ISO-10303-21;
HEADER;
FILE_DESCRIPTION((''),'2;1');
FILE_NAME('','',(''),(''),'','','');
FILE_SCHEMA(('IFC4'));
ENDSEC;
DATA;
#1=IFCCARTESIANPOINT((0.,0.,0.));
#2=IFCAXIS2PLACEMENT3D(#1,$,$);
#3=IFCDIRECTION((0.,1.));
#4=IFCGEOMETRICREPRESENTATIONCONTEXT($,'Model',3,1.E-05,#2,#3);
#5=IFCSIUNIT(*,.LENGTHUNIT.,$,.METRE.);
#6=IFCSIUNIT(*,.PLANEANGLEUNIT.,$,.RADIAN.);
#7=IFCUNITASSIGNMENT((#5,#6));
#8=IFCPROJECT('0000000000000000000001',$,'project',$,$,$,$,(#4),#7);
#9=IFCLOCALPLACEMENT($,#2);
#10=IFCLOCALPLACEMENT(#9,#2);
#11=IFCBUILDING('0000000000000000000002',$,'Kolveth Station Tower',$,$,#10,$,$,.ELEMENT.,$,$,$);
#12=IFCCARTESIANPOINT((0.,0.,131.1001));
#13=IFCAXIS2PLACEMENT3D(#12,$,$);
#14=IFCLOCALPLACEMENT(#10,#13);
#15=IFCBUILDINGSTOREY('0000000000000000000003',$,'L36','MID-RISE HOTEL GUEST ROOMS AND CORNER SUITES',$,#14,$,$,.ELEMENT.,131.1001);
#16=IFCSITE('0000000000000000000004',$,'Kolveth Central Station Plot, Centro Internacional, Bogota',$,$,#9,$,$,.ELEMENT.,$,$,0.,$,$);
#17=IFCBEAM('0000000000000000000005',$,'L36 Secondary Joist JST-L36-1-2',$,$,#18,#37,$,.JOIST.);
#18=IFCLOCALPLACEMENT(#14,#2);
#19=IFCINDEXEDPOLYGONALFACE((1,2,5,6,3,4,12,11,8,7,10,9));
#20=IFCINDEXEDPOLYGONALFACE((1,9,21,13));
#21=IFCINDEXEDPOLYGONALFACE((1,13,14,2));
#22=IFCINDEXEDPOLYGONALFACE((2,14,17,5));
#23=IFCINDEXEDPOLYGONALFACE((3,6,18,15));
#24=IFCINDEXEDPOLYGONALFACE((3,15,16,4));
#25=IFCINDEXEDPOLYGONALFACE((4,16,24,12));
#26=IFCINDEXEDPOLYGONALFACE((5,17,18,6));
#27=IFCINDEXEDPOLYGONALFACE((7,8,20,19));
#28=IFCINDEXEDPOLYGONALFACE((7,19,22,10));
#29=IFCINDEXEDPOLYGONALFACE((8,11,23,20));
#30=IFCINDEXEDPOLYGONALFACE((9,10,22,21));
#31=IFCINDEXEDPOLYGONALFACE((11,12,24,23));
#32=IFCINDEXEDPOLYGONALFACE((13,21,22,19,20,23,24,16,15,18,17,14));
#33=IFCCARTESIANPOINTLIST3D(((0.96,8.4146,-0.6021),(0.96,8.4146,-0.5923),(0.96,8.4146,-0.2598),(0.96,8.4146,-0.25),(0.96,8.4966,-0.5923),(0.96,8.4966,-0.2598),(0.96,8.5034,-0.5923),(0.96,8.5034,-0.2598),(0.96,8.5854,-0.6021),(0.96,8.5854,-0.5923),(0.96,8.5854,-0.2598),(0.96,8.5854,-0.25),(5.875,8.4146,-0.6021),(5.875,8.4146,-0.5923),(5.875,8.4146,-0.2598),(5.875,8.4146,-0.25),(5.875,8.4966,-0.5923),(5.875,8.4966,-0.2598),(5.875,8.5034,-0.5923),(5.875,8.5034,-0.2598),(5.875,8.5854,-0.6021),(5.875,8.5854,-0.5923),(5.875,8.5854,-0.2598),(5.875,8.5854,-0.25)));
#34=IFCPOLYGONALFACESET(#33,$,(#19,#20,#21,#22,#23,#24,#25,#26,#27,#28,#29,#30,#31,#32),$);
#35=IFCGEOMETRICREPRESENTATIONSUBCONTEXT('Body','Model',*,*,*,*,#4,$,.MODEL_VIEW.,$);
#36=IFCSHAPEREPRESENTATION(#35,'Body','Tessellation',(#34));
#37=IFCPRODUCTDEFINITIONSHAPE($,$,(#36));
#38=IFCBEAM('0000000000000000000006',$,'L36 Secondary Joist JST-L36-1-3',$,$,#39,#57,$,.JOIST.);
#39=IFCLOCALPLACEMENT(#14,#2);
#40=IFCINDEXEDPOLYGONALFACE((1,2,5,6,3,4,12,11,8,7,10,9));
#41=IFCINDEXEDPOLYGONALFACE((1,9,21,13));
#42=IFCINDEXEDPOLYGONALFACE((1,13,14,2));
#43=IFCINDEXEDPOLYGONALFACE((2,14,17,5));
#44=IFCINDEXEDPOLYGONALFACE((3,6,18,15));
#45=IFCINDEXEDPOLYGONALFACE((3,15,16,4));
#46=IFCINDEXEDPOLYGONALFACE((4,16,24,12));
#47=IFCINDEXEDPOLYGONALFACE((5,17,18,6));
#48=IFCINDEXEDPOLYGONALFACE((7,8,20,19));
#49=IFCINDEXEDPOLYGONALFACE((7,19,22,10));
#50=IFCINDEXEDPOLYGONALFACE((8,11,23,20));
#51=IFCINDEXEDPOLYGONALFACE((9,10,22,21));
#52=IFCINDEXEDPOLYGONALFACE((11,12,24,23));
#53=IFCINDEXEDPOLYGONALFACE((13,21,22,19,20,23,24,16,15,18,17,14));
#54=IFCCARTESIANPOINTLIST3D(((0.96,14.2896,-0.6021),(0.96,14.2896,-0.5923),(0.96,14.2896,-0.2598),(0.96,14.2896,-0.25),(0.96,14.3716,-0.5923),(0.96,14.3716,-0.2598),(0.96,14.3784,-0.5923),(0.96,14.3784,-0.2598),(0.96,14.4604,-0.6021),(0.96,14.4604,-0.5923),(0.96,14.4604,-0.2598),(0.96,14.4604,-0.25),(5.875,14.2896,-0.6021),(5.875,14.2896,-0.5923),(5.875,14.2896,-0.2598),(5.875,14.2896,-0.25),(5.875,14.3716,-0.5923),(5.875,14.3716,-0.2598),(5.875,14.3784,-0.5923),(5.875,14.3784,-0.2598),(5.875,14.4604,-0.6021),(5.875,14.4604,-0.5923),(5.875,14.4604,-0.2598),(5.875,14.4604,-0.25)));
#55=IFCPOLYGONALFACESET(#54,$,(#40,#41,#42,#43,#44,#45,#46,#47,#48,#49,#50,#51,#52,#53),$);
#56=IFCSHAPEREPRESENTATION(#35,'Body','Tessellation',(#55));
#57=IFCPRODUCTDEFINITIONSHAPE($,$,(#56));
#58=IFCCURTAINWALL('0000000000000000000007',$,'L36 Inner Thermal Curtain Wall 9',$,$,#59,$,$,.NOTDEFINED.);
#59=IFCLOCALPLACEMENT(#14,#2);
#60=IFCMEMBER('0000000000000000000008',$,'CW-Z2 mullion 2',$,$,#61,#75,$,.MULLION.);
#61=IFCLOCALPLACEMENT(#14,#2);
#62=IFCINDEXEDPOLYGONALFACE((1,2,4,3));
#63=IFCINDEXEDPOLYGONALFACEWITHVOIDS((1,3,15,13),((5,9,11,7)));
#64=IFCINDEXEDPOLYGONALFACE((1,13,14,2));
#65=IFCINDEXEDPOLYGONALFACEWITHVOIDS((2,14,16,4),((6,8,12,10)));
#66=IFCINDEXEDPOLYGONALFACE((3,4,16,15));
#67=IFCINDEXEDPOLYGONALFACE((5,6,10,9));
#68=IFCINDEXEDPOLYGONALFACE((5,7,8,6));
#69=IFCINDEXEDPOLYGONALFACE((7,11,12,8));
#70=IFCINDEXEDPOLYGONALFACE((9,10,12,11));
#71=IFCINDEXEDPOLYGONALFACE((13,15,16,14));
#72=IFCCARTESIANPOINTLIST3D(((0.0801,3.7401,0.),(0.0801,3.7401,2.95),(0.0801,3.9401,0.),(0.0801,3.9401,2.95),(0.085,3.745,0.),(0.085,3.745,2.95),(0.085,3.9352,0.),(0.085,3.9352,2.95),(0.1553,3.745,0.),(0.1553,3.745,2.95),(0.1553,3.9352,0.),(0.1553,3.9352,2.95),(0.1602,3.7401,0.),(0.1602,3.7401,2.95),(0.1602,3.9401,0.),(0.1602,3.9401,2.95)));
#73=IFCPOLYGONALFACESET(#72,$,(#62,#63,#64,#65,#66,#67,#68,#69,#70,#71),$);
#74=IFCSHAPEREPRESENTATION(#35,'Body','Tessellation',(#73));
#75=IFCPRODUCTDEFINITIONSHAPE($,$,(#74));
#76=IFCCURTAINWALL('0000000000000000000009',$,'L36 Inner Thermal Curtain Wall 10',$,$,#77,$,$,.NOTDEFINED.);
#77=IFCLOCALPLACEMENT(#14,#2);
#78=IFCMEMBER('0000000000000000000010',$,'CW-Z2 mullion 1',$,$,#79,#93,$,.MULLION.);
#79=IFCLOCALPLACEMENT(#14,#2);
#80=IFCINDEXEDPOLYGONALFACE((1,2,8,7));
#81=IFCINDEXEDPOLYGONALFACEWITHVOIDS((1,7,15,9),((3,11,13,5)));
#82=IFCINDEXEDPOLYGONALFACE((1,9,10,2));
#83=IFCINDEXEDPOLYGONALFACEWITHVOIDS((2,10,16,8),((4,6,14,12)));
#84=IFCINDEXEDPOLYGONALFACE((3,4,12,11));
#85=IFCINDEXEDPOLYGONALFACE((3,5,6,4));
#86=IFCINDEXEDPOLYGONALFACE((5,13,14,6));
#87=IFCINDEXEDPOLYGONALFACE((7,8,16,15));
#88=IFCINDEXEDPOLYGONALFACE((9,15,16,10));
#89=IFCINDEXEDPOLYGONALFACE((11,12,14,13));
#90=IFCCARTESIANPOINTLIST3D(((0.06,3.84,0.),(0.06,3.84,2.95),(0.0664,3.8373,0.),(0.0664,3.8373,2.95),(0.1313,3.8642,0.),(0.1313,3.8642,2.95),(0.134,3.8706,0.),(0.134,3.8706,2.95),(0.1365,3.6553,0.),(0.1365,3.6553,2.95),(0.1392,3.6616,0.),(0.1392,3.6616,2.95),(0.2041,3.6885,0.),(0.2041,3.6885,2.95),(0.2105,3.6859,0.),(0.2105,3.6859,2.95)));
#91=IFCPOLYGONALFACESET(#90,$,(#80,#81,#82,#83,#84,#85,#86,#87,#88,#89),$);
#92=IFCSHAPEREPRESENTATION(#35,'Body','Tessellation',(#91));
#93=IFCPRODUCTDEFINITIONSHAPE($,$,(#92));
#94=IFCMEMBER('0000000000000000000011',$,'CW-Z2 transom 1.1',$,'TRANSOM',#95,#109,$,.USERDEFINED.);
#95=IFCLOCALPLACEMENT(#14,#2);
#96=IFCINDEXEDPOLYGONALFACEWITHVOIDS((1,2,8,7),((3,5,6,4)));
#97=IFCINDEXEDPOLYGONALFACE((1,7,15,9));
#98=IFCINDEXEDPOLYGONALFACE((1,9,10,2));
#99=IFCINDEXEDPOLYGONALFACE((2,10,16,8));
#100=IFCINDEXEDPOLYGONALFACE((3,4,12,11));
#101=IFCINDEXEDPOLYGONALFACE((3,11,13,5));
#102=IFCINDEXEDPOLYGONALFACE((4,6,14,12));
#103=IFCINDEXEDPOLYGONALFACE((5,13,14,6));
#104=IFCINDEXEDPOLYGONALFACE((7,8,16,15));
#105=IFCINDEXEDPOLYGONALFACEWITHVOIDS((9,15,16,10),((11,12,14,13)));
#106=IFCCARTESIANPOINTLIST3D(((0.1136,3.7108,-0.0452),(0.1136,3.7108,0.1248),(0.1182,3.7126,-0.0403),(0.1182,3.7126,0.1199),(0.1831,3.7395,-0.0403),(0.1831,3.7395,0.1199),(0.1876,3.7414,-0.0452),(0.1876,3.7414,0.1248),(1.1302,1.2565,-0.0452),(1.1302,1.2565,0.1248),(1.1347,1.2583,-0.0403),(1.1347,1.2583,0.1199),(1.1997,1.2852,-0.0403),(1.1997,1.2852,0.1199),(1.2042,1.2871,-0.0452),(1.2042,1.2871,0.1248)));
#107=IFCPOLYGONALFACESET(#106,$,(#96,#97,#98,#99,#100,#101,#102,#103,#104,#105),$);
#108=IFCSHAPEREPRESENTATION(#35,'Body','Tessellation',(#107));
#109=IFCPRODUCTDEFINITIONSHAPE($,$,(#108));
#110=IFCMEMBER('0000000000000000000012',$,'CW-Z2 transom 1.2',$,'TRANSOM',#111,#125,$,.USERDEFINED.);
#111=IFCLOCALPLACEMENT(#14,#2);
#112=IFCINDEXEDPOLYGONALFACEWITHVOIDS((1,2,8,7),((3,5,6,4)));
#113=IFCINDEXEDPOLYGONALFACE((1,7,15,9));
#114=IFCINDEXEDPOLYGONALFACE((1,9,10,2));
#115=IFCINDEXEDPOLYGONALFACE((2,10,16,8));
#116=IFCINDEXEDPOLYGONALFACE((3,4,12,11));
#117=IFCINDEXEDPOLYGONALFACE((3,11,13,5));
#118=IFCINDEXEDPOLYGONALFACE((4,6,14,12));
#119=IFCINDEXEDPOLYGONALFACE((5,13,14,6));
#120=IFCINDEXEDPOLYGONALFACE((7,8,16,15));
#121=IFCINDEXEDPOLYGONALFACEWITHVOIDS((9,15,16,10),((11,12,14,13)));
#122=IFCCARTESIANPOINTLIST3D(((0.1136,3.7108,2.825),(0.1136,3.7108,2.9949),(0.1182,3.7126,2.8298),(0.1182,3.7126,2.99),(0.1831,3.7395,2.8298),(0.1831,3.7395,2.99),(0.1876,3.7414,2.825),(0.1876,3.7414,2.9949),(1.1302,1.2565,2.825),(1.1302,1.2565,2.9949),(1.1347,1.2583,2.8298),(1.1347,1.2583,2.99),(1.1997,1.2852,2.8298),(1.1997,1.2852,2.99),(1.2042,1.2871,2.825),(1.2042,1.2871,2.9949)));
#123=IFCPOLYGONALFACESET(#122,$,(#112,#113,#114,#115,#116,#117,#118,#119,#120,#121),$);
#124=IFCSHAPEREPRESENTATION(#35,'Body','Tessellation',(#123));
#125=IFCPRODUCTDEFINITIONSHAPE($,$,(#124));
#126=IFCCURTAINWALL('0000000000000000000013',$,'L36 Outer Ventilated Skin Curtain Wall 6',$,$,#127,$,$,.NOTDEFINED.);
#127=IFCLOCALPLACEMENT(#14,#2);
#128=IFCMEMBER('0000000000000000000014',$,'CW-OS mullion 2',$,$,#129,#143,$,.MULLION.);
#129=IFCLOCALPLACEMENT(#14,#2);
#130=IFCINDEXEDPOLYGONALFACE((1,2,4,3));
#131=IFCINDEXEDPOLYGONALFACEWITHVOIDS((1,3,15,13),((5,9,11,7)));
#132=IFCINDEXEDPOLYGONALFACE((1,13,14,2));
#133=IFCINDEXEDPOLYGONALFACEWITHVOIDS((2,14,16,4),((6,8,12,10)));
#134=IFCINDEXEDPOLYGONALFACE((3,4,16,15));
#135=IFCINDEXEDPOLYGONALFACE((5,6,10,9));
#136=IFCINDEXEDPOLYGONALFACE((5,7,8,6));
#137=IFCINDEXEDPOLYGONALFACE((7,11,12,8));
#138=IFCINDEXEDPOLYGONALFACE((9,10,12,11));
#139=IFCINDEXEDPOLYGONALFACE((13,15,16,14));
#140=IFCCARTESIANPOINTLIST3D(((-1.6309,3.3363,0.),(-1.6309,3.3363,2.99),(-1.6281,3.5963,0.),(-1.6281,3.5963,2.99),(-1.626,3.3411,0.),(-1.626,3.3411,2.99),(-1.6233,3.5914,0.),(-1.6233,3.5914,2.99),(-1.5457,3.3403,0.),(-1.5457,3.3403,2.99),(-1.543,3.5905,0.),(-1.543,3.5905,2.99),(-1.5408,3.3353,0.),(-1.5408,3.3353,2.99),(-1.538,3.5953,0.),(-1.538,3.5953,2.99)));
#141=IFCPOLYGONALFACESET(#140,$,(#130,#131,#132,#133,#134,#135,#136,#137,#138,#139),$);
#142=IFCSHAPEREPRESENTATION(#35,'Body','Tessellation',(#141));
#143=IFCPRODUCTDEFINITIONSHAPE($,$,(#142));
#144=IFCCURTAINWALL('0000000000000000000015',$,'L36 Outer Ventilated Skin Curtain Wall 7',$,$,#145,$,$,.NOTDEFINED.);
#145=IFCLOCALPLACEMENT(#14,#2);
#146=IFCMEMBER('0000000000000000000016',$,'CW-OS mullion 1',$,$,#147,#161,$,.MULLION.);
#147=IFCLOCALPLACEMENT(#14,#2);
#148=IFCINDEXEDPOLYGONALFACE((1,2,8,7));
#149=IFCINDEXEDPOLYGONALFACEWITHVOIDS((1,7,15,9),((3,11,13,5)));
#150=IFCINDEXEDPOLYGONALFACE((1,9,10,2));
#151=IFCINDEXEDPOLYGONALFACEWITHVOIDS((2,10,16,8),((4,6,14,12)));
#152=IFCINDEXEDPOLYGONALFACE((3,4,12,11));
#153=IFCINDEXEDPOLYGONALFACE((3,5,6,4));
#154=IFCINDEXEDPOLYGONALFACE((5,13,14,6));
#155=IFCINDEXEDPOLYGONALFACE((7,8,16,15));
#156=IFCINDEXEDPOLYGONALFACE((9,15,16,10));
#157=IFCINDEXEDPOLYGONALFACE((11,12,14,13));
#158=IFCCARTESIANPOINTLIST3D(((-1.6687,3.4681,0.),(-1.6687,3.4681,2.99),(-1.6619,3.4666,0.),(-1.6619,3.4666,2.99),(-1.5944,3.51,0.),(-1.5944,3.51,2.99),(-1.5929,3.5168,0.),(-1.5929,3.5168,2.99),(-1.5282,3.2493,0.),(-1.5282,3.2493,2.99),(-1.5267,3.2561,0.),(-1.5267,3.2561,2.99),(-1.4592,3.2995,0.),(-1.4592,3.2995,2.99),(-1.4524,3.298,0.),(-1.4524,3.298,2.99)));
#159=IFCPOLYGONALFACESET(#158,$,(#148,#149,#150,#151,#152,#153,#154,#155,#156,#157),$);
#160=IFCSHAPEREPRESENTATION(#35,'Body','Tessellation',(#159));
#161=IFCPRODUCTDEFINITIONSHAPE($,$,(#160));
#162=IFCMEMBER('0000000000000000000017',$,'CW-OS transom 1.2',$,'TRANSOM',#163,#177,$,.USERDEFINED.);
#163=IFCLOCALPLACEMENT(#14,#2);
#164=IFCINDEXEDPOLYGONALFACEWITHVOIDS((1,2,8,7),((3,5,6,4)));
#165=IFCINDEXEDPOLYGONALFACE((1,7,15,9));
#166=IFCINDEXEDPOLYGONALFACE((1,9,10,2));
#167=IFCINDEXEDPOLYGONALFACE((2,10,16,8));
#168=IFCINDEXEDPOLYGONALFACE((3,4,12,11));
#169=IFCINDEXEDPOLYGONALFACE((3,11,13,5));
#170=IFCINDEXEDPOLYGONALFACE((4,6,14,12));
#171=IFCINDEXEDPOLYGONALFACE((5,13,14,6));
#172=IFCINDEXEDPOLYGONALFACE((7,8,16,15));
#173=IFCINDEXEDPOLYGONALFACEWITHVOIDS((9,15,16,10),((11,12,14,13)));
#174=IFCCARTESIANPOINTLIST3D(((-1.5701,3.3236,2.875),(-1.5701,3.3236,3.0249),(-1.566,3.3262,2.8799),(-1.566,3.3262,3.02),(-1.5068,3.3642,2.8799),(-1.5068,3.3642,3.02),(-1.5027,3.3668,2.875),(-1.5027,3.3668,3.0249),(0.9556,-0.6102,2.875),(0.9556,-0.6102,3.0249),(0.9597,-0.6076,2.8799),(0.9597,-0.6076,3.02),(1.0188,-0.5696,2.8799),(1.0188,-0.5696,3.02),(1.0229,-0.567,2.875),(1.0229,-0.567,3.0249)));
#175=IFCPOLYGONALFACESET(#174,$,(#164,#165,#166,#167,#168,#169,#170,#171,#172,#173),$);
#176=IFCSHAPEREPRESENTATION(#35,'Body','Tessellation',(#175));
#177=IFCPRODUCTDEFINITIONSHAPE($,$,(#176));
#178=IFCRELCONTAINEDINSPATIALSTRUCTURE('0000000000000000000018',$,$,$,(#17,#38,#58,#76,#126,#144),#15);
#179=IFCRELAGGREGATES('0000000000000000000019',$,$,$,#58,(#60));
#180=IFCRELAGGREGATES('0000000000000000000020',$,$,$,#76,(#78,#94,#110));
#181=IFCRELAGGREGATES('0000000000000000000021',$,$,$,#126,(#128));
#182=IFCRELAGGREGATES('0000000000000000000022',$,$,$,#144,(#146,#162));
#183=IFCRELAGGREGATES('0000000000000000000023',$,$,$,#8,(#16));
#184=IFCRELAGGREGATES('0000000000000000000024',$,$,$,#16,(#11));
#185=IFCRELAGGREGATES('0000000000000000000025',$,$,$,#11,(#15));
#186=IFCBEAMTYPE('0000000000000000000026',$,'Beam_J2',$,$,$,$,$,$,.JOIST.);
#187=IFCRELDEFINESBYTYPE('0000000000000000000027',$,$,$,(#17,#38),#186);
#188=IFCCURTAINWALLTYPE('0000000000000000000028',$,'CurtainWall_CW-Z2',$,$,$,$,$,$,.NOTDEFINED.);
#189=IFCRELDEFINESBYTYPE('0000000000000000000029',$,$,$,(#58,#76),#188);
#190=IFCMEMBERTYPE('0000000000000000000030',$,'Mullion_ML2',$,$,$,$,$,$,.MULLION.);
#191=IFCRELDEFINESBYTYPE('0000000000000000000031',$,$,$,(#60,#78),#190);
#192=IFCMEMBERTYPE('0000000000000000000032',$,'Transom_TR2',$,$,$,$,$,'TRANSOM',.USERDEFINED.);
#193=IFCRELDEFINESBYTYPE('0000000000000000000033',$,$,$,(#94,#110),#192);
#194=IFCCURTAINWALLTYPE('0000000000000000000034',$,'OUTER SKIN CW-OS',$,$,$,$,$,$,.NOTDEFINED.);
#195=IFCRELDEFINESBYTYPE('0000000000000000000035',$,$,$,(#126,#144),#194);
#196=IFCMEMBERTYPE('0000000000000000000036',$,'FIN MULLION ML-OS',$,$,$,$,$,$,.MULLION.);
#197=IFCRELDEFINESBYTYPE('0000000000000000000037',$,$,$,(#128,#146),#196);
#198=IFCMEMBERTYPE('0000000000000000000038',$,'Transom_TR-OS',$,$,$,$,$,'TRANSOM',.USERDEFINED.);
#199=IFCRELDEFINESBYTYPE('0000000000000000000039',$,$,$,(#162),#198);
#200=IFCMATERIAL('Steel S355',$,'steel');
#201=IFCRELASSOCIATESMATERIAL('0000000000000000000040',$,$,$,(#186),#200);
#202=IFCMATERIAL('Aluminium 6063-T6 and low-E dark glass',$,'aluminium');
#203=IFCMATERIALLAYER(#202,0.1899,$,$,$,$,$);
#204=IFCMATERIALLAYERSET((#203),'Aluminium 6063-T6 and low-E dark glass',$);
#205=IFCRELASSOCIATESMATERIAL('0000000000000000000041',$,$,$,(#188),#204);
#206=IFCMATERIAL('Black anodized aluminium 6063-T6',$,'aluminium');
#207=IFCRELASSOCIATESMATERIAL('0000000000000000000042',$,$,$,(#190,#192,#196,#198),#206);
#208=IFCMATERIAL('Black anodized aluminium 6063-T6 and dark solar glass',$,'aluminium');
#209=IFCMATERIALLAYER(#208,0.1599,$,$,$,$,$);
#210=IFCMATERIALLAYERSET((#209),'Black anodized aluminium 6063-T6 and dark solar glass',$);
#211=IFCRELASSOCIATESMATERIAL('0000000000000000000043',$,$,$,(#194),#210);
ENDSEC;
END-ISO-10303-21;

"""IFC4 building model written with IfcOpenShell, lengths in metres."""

from ifc_helpers import new_model, si_unit, direction, frame, origin, origin_2d, place, context, subcontext, project, spatial, hollow_rectangle, i_section, extrude, source, transform, mapped, material, layer, layer_set, material_profile, profile_set, type_object, element, aggregate, save


model = new_model("IFC4")

# Units and contexts
model_context = context("Model", 3, precision=1e-05, world=origin(), true_north=direction((0.0, 1.0)))
body_context = subcontext(model_context, "Body", "Model", "MODEL_VIEW")
ifc_project = project(units=[si_unit("LENGTHUNIT", "METRE"), si_unit("PLANEANGLEUNIT", "RADIAN")], contexts=[model_context])

# Site, building, storey
site_placement = place(None, origin())
site = spatial("IfcSite", under=ifc_project, at=site_placement, Name="Kolveth Central Station Plot, Centro Internacional, Bogota", CompositionType="ELEMENT", RefElevation=0.0)
building_placement = place(site_placement, origin())
building = spatial("IfcBuilding", under=site, at=building_placement, Name="Kolveth Station Tower", CompositionType="ELEMENT")
storey_placement = place(building_placement, frame((0.0, 0.0, 131.1001)))
storey = spatial("IfcBuildingStorey", under=building, at=storey_placement, Name="L36", Description="MID-RISE HOTEL GUEST ROOMS AND CORNER SUITES", CompositionType="ELEMENT", Elevation=131.1001)

# Beams
ifc_material_1 = material(Name="Steel S355", Category="steel")
ifc_material_profile_1 = material_profile(ifc_material_1, i_section(OverallWidth=0.1709, OverallDepth=0.3521, WebThickness=0.0068, FlangeThickness=0.0098, at=origin_2d()), Name="W360x44")
ifc_profile_set_1 = profile_set([ifc_material_profile_1], Name="Steel S355")
beam_type_1 = type_object("IfcBeamType", Name="Beam_J2", PredefinedType="JOIST", material=ifc_profile_set_1)
shared_shape_1 = source(origin(), body_context, "Body", "SweptSolid", [
    extrude(i_section(OverallWidth=0.1709, OverallDepth=0.3521, WebThickness=0.0068, FlangeThickness=0.0098, at=origin_2d()), origin(), (0.0, 0.0, 1.0), 4.915),
])
for number, where, z_axis, x_axis, name in (
    (1, (0.96, 8.5, -0.426), (1.0, 0.0, 0.0), (0.0, 1.0, 0.0), "L36 Secondary Joist JST-L36-1-2"),
    (2, (0.96, 14.375, -0.426), (1.0, 0.0, 0.0), (0.0, 1.0, 0.0), "L36 Secondary Joist JST-L36-1-3"),
):
    element("IfcBeam", number, at=place(storey_placement, frame(where, z_axis=z_axis, x_axis=x_axis)), inside=storey, type_object=beam_type_1, Name=name, PredefinedType="JOIST", context=body_context, shape_type="MappedRepresentation", body=[
        mapped(shared_shape_1, transform((0.0, 0.0, 0.0), x_axis=(1.0, 0.0, 0.0), y_axis=(0.0, 1.0, 0.0), z_axis=(0.0, 0.0, 1.0), scale=1.0)),
    ])

# Curtain wall, member
ifc_material_2 = material(Name="Aluminium 6063-T6 and low-E dark glass", Category="aluminium")
ifc_layer_1 = layer(ifc_material_2, 0.1899)
ifc_layer_set_1 = layer_set([ifc_layer_1], Name="Aluminium 6063-T6 and low-E dark glass")
curtain_wall_type_1 = type_object("IfcCurtainWallType", Name="CurtainWall_CW-Z2", PredefinedType="NOTDEFINED", material=ifc_layer_set_1)
curtain_wall_1_placement = place(storey_placement, origin())
curtain_wall_1 = element("IfcCurtainWall", 3, at=curtain_wall_1_placement, inside=storey, type_object=curtain_wall_type_1, Name="L36 Inner Thermal Curtain Wall 9", PredefinedType="NOTDEFINED")
ifc_material_3 = material(Name="Black anodized aluminium 6063-T6", Category="aluminium")
ifc_material_profile_2 = material_profile(ifc_material_3, hollow_rectangle(XDim=0.0801, YDim=0.2, WallThickness=0.0049, at=origin_2d()), Name="ALU-80x200x5")
ifc_profile_set_2 = profile_set([ifc_material_profile_2], Name="Black anodized aluminium 6063-T6")
member_type_1 = type_object("IfcMemberType", Name="Mullion_ML2", PredefinedType="MULLION", material=ifc_profile_set_2)
shared_shape_2 = source(origin(), body_context, "Body", "SweptSolid", [
    extrude(hollow_rectangle(XDim=0.0801, YDim=0.2, WallThickness=0.0049, at=origin_2d()), origin(), (0.0, 0.0, 1.0), 2.95),
])
member_1_placement = place(storey_placement, frame((0.1201, 3.8401, 0.0), z_axis=(0.0, 0.0, 1.0), x_axis=(1.0, 0.0, 0.0)))
member_1 = element("IfcMember", 4, at=member_1_placement, type_object=member_type_1, Name="CW-Z2 mullion 2", PredefinedType="MULLION", context=body_context, shape_type="MappedRepresentation", body=[
    mapped(shared_shape_2, transform((0.0, 0.0, 0.0), x_axis=(1.0, 0.0, 0.0), y_axis=(0.0, 1.0, 0.0), z_axis=(0.0, 0.0, 1.0), scale=1.0)),
])
aggregate(curtain_wall_1, [member_1])

# Curtain wall, members
curtain_wall_2_placement = place(storey_placement, origin())
curtain_wall_2 = element("IfcCurtainWall", 5, at=curtain_wall_2_placement, inside=storey, type_object=curtain_wall_type_1, Name="L36 Inner Thermal Curtain Wall 10", PredefinedType="NOTDEFINED")
member_2_placement = place(storey_placement, frame((0.1353, 3.7629, 0.0), z_axis=(0.0, 0.0, 1.0), x_axis=(0.923888, 0.382663, 0.0)))
member_2 = element("IfcMember", 6, at=member_2_placement, type_object=member_type_1, Name="CW-Z2 mullion 1", PredefinedType="MULLION", context=body_context, shape_type="MappedRepresentation", body=[
    mapped(shared_shape_2, transform((0.0, 0.0, 0.0), x_axis=(1.0, 0.0, 0.0), y_axis=(0.0, 1.0, 0.0), z_axis=(0.0, 0.0, 1.0), scale=1.0)),
])
ifc_material_profile_3 = material_profile(ifc_material_3, hollow_rectangle(XDim=0.0801, YDim=0.1699, WallThickness=0.0049, at=origin_2d()), Name="ALU-80x170x5")
ifc_profile_set_3 = profile_set([ifc_material_profile_3], Name="Black anodized aluminium 6063-T6")
member_type_2 = type_object("IfcMemberType", Name="Transom_TR2", ElementType="TRANSOM", PredefinedType="USERDEFINED", material=ifc_profile_set_3)
shared_shape_3 = source(origin(), body_context, "Body", "SweptSolid", [
    extrude(hollow_rectangle(XDim=0.0801, YDim=0.1699, WallThickness=0.0049, at=origin_2d()), origin(), (0.0, 0.0, 1.0), 2.6565),
])
member_3_placement = place(storey_placement, frame((0.1506, 3.7261, 0.0398), z_axis=(0.382676, -0.923882, 0.0), x_axis=(0.923882, 0.382676, 0.0)))
member_3 = element("IfcMember", 7, at=member_3_placement, type_object=member_type_2, Name="CW-Z2 transom 1.1", ObjectType="TRANSOM", PredefinedType="USERDEFINED", context=body_context, shape_type="MappedRepresentation", body=[
    mapped(shared_shape_3, transform((0.0, 0.0, 0.0), x_axis=(1.0, 0.0, 0.0), y_axis=(0.0, 1.0, 0.0), z_axis=(0.0, 0.0, 1.0), scale=1.0)),
])
member_4_placement = place(storey_placement, frame((0.1506, 3.7261, 2.9099), z_axis=(0.382676, -0.923882, 0.0), x_axis=(0.923882, 0.382676, 0.0)))
member_4 = element("IfcMember", 8, at=member_4_placement, type_object=member_type_2, Name="CW-Z2 transom 1.2", ObjectType="TRANSOM", PredefinedType="USERDEFINED", context=body_context, shape_type="MappedRepresentation", body=[
    mapped(shared_shape_3, transform((0.0, 0.0, 0.0), x_axis=(1.0, 0.0, 0.0), y_axis=(0.0, 1.0, 0.0), z_axis=(0.0, 0.0, 1.0), scale=1.0)),
])
aggregate(curtain_wall_2, [member_2, member_3, member_4])

# Curtain wall, member
ifc_material_4 = material(Name="Black anodized aluminium 6063-T6 and dark solar glass", Category="aluminium")
ifc_layer_2 = layer(ifc_material_4, 0.1599)
ifc_layer_set_2 = layer_set([ifc_layer_2], Name="Black anodized aluminium 6063-T6 and dark solar glass")
curtain_wall_type_2 = type_object("IfcCurtainWallType", Name="OUTER SKIN CW-OS", PredefinedType="NOTDEFINED", material=ifc_layer_set_2)
curtain_wall_3_placement = place(storey_placement, origin())
curtain_wall_3 = element("IfcCurtainWall", 9, at=curtain_wall_3_placement, inside=storey, type_object=curtain_wall_type_2, Name="L36 Outer Ventilated Skin Curtain Wall 6", PredefinedType="NOTDEFINED")
ifc_material_profile_4 = material_profile(ifc_material_3, hollow_rectangle(XDim=0.0901, YDim=0.26, WallThickness=0.0049, at=origin_2d()), Name="ALU-90x260x5")
ifc_profile_set_4 = profile_set([ifc_material_profile_4], Name="Black anodized aluminium 6063-T6")
member_type_3 = type_object("IfcMemberType", Name="FIN MULLION ML-OS", PredefinedType="MULLION", material=ifc_profile_set_4)
shared_shape_4 = source(origin(), body_context, "Body", "SweptSolid", [
    extrude(hollow_rectangle(XDim=0.0901, YDim=0.26, WallThickness=0.0049, at=origin_2d()), origin(), (0.0, 0.0, 1.0), 2.99),
])
member_5_placement = place(storey_placement, frame((-1.5845, 3.4658, 0.0), z_axis=(0.0, 0.0, 1.0), x_axis=(0.999943, -0.010713, 0.0)))
member_5 = element("IfcMember", 10, at=member_5_placement, type_object=member_type_3, Name="CW-OS mullion 2", PredefinedType="MULLION", context=body_context, shape_type="MappedRepresentation", body=[
    mapped(shared_shape_4, transform((0.0, 0.0, 0.0), x_axis=(1.0, 0.0, 0.0), y_axis=(0.0, 1.0, 0.0), z_axis=(0.0, 0.0, 1.0), scale=1.0)),
])
aggregate(curtain_wall_3, [member_5])

# Curtain wall, members
curtain_wall_4_placement = place(storey_placement, origin())
curtain_wall_4 = element("IfcCurtainWall", 11, at=curtain_wall_4_placement, inside=storey, type_object=curtain_wall_type_2, Name="L36 Outer Ventilated Skin Curtain Wall 7", PredefinedType="NOTDEFINED")
member_6_placement = place(storey_placement, frame((-1.5605, 3.3831, 0.0), z_axis=(0.0, 0.0, 1.0), x_axis=(0.841497, 0.540262, 0.0)))
member_6 = element("IfcMember", 12, at=member_6_placement, type_object=member_type_3, Name="CW-OS mullion 1", PredefinedType="MULLION", context=body_context, shape_type="MappedRepresentation", body=[
    mapped(shared_shape_4, transform((0.0, 0.0, 0.0), x_axis=(1.0, 0.0, 0.0), y_axis=(0.0, 1.0, 0.0), z_axis=(0.0, 0.0, 1.0), scale=1.0)),
])
ifc_material_profile_5 = material_profile(ifc_material_3, hollow_rectangle(XDim=0.0801, YDim=0.1499, WallThickness=0.0049, at=origin_2d()), Name="ALU-80x150x5")
ifc_profile_set_5 = profile_set([ifc_material_profile_5], Name="Black anodized aluminium 6063-T6")
member_type_4 = type_object("IfcMemberType", Name="Transom_TR-OS", ElementType="TRANSOM", PredefinedType="USERDEFINED", material=ifc_profile_set_5)
shared_shape_5 = source(origin(), body_context, "Body", "SweptSolid", [
    extrude(hollow_rectangle(XDim=0.0801, YDim=0.1499, WallThickness=0.0049, at=origin_2d()), origin(), (0.0, 0.0, 1.0), 4.6748),
])
member_7_placement = place(storey_placement, frame((-1.5364, 3.3452, 2.95), z_axis=(0.540264, -0.841496, 0.0), x_axis=(0.841496, 0.540264, 0.0)))
member_7 = element("IfcMember", 13, at=member_7_placement, type_object=member_type_4, Name="CW-OS transom 1.2", ObjectType="TRANSOM", PredefinedType="USERDEFINED", context=body_context, shape_type="MappedRepresentation", body=[
    mapped(shared_shape_5, transform((0.0, 0.0, 0.0), x_axis=(1.0, 0.0, 0.0), y_axis=(0.0, 1.0, 0.0), z_axis=(0.0, 0.0, 1.0), scale=1.0)),
])
aggregate(curtain_wall_4, [member_6, member_7])

save(model, "model.ifc")
